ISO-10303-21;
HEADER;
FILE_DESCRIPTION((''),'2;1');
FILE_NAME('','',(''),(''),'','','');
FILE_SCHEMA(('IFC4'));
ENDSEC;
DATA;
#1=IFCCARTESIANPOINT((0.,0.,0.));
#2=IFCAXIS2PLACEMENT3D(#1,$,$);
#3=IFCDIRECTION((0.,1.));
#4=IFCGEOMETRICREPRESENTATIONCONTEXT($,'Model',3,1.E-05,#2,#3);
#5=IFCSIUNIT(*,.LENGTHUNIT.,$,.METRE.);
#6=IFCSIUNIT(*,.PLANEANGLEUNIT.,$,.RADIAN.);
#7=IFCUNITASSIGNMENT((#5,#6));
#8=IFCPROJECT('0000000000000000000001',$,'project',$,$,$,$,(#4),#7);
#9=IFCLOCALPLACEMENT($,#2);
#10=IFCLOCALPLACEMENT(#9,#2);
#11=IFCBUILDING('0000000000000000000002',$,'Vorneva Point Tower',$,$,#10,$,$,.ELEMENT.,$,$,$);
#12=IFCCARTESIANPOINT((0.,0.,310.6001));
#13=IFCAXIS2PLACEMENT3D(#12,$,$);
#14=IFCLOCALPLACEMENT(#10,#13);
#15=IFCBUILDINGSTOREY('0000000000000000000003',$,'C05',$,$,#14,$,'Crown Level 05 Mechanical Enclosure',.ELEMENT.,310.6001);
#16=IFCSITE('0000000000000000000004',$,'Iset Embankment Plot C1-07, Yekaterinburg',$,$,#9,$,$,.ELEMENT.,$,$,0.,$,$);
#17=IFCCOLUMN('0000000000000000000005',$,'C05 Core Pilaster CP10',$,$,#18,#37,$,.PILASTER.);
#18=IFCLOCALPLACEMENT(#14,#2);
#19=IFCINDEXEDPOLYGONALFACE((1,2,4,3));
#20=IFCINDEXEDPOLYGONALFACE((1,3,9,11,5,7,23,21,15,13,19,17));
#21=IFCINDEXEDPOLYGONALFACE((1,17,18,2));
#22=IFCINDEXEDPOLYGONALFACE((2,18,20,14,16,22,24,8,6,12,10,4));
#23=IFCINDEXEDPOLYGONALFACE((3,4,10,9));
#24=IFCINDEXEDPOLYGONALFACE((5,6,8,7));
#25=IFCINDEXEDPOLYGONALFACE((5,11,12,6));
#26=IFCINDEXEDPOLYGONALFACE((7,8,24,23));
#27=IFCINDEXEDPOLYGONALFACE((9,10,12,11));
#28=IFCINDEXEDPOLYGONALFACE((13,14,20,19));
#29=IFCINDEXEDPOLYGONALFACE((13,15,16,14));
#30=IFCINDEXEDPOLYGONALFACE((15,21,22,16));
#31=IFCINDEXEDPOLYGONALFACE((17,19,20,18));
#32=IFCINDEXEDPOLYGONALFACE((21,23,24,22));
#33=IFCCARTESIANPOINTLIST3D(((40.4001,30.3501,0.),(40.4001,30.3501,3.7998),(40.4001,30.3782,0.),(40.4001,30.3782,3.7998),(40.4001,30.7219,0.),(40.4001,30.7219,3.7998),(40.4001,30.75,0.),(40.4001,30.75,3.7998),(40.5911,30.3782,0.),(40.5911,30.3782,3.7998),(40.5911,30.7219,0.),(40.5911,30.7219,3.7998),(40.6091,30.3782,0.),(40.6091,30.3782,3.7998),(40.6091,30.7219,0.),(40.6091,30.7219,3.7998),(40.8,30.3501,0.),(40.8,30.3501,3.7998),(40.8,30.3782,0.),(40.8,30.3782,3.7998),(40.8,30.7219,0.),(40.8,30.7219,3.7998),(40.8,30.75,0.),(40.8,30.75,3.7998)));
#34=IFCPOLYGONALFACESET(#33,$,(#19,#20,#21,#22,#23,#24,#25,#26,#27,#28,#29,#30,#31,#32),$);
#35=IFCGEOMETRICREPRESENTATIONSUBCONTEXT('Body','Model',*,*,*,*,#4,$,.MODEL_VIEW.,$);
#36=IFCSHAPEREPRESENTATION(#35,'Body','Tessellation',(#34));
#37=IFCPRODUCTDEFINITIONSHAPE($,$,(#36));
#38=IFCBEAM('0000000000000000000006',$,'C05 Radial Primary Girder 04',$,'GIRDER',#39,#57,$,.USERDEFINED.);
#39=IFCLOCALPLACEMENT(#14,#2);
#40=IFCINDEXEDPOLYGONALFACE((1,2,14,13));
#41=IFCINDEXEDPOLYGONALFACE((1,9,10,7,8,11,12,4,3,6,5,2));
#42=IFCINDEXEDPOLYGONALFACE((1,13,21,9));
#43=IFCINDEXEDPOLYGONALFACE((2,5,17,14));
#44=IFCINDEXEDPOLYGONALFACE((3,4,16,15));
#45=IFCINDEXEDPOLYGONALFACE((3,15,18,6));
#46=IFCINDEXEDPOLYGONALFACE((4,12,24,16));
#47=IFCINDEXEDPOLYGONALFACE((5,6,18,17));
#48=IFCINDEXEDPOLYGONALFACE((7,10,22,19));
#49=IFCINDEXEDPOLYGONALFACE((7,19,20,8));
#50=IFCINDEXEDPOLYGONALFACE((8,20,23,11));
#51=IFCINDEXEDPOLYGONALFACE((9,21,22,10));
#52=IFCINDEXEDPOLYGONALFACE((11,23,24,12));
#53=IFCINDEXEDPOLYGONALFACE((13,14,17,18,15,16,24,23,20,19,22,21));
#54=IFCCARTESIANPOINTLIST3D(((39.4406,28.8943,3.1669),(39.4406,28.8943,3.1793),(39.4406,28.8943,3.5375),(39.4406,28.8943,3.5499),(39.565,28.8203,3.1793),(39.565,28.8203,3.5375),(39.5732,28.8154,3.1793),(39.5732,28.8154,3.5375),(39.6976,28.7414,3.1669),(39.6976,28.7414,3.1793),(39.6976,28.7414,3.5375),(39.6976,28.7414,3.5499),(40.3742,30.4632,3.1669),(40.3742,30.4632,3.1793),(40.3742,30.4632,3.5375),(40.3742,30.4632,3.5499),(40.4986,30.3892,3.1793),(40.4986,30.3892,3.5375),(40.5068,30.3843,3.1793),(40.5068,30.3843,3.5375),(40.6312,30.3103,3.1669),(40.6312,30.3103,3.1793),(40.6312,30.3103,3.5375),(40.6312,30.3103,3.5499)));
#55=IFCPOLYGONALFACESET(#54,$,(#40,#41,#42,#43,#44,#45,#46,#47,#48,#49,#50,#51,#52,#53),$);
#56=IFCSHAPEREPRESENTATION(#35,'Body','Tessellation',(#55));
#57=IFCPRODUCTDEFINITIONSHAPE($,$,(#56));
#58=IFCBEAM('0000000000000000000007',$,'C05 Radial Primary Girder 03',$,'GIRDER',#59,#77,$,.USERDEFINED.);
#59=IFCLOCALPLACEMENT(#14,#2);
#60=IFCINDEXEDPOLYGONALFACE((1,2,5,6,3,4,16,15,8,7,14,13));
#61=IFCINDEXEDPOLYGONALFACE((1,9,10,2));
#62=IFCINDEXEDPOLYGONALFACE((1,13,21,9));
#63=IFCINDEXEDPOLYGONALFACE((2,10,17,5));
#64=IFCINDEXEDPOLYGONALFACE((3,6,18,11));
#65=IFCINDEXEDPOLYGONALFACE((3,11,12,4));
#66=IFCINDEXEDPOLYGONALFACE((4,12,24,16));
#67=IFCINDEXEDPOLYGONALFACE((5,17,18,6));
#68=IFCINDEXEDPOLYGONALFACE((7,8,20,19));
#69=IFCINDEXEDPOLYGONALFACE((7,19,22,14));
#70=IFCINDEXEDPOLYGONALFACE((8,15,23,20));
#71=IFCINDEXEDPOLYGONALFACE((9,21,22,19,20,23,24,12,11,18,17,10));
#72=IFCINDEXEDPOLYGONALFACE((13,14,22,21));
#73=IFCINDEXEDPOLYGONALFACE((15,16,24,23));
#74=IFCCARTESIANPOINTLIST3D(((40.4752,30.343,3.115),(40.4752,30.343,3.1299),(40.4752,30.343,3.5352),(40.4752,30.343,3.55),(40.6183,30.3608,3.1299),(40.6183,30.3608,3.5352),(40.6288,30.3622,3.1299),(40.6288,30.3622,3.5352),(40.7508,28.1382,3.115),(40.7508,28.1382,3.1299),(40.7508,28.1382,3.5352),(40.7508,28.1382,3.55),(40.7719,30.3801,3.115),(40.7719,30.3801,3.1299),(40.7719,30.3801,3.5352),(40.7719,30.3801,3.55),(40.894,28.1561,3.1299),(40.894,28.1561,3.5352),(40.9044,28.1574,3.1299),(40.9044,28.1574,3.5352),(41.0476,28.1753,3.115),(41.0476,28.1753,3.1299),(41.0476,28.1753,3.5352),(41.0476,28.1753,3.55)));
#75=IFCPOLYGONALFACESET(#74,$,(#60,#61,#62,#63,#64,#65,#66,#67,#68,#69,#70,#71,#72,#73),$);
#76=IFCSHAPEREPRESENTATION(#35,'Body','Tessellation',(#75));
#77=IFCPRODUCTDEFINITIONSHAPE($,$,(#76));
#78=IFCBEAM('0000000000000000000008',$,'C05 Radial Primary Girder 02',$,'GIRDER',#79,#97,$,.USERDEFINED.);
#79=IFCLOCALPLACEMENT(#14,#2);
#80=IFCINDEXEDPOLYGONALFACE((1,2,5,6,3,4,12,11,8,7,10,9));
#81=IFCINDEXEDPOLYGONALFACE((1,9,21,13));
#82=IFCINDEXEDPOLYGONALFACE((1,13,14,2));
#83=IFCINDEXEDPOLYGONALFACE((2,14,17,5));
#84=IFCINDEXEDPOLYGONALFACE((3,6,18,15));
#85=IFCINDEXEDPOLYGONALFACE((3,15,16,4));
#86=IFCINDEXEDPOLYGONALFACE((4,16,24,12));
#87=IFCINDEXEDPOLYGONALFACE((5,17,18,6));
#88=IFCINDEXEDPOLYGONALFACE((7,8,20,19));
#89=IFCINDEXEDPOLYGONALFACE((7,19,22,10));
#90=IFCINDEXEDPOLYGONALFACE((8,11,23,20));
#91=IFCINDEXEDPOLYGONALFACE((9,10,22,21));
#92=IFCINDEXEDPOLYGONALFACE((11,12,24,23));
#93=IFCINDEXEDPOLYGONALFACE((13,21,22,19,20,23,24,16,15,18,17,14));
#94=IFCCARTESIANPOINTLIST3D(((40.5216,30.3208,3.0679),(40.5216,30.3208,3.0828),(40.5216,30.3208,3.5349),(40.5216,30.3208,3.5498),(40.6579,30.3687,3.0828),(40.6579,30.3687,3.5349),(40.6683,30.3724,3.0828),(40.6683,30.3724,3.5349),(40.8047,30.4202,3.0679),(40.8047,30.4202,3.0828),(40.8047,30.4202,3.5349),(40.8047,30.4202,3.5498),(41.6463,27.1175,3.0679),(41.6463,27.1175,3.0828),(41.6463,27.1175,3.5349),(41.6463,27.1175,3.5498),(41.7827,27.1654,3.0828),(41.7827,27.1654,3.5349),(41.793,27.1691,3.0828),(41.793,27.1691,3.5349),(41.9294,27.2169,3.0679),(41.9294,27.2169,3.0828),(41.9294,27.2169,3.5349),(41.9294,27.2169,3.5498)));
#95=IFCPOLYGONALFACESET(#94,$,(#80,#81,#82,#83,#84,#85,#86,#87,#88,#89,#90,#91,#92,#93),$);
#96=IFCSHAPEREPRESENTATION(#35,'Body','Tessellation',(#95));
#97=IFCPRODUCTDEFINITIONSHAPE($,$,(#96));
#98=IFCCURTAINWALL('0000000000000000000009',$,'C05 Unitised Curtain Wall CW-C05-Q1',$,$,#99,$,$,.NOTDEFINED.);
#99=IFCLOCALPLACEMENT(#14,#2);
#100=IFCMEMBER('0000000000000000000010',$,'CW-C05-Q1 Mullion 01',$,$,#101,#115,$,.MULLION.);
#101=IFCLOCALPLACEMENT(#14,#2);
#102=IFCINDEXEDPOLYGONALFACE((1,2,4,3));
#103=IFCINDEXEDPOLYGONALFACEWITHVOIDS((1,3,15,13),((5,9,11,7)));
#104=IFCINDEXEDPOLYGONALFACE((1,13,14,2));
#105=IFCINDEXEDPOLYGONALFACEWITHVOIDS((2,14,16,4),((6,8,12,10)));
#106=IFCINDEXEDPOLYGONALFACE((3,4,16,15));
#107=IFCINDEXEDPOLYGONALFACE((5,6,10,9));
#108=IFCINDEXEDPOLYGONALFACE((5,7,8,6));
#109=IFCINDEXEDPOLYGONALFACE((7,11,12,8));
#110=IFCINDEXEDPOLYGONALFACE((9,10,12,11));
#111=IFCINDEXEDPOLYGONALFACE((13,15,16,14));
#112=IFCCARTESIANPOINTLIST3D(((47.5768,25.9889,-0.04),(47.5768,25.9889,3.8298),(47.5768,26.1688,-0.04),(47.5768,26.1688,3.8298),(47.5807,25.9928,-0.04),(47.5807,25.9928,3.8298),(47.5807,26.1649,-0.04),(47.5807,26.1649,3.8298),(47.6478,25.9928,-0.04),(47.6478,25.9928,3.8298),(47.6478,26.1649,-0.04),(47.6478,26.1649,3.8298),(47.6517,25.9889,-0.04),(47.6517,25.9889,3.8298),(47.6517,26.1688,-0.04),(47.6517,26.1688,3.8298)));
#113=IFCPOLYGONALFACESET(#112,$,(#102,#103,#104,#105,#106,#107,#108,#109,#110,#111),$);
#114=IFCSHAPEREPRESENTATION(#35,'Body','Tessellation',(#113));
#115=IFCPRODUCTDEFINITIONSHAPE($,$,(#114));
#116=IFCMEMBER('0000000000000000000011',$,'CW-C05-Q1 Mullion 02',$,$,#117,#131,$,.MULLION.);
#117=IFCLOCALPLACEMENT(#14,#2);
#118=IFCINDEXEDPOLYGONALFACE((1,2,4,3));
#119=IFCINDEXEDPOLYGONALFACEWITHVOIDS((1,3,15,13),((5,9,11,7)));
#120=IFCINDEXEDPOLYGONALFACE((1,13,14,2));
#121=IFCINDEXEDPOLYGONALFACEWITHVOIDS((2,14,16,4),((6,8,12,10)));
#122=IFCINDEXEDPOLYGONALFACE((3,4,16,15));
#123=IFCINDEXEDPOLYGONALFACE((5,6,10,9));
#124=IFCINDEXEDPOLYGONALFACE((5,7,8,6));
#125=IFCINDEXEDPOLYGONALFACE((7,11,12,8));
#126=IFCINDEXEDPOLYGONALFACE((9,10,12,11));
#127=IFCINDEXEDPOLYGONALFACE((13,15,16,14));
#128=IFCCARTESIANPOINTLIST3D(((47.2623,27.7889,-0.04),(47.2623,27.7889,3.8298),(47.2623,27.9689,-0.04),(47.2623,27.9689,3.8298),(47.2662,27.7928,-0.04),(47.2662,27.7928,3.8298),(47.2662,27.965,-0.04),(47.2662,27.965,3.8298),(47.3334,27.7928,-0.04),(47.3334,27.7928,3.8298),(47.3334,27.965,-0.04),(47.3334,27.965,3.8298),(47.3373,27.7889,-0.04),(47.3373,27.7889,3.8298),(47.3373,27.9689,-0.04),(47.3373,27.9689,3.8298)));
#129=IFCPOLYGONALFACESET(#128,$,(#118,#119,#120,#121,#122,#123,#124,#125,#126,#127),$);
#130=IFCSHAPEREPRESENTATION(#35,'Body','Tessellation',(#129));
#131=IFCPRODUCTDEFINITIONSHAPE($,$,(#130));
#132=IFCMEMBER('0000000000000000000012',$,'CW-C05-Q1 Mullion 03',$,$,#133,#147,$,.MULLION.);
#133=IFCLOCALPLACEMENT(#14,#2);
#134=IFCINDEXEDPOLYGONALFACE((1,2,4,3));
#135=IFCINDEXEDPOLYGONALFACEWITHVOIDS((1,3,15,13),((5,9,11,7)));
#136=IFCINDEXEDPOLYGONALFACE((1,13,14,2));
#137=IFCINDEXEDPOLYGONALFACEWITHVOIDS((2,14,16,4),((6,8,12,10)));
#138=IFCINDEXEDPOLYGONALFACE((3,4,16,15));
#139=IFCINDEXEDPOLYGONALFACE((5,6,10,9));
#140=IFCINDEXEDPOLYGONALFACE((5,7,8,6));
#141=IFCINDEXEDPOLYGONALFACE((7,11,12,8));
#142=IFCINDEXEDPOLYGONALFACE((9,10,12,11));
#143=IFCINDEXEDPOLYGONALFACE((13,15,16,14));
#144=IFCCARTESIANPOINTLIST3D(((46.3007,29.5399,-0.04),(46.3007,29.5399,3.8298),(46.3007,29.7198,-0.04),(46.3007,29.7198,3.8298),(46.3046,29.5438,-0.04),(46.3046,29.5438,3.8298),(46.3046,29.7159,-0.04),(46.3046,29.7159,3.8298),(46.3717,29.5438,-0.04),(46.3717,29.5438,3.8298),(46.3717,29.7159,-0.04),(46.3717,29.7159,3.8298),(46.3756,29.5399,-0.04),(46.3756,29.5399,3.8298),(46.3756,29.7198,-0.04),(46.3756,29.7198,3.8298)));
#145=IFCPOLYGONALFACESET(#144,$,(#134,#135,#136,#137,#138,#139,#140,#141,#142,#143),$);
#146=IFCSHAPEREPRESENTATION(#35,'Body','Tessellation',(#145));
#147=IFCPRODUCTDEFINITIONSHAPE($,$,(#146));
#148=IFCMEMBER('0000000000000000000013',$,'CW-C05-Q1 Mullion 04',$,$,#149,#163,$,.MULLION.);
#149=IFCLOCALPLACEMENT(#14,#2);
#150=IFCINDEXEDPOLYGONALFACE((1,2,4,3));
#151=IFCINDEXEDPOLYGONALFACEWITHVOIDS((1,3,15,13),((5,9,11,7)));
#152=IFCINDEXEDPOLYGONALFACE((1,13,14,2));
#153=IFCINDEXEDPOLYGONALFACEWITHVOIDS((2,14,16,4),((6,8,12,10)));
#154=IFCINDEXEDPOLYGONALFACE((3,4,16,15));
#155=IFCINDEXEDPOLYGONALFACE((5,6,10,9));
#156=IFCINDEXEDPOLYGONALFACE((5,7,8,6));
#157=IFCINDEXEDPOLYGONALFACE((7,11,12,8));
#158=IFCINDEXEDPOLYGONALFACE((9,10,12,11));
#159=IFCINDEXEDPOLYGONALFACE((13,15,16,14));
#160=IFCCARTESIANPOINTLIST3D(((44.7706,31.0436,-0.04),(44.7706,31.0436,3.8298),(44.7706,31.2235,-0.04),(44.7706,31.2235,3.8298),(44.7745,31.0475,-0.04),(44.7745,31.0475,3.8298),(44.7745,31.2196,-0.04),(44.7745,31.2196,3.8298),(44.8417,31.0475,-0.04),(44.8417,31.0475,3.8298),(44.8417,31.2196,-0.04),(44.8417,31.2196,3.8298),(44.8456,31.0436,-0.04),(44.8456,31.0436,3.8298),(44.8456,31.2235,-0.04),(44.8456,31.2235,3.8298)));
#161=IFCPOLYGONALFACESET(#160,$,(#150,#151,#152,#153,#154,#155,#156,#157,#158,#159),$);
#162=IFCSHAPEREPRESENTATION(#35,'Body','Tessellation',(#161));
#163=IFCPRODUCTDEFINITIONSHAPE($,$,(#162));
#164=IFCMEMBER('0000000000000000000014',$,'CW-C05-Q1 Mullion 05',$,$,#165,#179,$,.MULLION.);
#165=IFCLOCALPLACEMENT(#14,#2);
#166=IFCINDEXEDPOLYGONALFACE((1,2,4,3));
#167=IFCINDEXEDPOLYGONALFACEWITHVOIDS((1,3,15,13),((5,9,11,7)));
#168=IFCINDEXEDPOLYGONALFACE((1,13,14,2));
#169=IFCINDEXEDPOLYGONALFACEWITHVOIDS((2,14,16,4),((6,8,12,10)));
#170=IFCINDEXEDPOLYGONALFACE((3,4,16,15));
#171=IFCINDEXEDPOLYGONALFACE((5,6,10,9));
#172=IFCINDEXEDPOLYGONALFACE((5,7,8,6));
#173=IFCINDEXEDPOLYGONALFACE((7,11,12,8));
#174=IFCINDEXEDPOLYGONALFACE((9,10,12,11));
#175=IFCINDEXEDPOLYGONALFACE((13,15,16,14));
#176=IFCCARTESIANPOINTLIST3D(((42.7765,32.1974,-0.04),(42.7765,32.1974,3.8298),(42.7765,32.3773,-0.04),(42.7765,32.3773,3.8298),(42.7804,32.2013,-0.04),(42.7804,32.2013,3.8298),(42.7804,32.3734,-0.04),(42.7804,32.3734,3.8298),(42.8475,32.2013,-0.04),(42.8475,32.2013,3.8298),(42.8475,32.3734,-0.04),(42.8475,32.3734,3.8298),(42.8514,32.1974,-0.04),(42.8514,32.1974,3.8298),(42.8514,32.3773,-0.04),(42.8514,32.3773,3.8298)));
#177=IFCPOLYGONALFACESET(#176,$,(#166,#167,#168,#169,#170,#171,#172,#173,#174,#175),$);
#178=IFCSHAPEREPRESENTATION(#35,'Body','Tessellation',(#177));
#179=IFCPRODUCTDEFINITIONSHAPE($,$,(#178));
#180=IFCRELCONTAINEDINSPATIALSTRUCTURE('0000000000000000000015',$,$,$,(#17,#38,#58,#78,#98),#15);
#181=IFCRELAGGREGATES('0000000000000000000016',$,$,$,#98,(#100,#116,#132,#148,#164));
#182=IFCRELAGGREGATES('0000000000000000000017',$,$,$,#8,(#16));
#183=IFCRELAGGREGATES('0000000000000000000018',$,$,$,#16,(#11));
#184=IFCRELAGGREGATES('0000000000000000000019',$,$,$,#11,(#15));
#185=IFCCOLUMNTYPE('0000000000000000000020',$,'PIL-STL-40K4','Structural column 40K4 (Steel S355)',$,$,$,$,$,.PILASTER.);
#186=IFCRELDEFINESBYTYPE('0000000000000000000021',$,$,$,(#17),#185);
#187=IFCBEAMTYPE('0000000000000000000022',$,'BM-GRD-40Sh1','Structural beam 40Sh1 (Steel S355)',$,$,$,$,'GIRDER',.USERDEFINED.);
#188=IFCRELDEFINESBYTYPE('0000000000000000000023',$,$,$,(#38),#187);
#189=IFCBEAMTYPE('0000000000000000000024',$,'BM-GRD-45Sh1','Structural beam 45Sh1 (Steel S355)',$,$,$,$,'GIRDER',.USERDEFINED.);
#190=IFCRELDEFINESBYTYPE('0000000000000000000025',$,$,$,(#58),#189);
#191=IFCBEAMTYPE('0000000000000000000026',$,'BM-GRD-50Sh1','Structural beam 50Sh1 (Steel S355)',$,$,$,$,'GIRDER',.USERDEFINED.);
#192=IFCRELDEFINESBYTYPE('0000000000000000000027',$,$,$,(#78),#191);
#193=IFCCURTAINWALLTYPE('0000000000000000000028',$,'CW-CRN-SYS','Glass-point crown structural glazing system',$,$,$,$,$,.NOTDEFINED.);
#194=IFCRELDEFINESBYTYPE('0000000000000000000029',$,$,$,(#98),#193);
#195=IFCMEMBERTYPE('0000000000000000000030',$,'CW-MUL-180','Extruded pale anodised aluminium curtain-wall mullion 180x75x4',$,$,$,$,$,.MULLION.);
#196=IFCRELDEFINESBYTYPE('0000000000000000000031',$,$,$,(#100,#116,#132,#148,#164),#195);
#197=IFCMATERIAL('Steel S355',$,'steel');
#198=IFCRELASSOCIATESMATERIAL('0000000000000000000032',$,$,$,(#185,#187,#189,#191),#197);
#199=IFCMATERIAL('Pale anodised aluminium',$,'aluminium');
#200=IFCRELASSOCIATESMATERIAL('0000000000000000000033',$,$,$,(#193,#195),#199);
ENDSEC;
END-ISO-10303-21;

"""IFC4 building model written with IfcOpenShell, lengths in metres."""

from ifc_helpers import new_model, si_unit, direction, frame, origin, origin_2d, place, context, subcontext, project, spatial, hollow_rectangle, i_section, extrude, material, material_profile, profile_set, type_object, element, aggregate, save


model = new_model("IFC4")

# Units and contexts
model_context = context("Model", 3, precision=1e-05, world=origin(), true_north=direction((0.0, 1.0)))
body_context = subcontext(model_context, "Body", "Model", "MODEL_VIEW")
ifc_project = project(units=[si_unit("LENGTHUNIT", "METRE"), si_unit("PLANEANGLEUNIT", "RADIAN")], contexts=[model_context])

# Site, building, storey
site_placement = place(None, origin())
site = spatial("IfcSite", under=ifc_project, at=site_placement, Name="Iset Embankment Plot C1-07, Yekaterinburg", CompositionType="ELEMENT", RefElevation=0.0)
building_placement = place(site_placement, origin())
building = spatial("IfcBuilding", under=site, at=building_placement, Name="Vorneva Point Tower", CompositionType="ELEMENT")
storey_placement = place(building_placement, frame((0.0, 0.0, 310.6001)))
storey = spatial("IfcBuildingStorey", under=building, at=storey_placement, Name="C05", LongName="Crown Level 05 Mechanical Enclosure", CompositionType="ELEMENT", Elevation=310.6001)

# Column
ifc_material_1 = material(Name="Steel S355", Category="steel")
ifc_material_profile_1 = material_profile(ifc_material_1, i_section(OverallWidth=0.3999, OverallDepth=0.3999, WebThickness=0.0181, FlangeThickness=0.0281, at=origin_2d()), Name="40K4")
ifc_profile_set_1 = profile_set([ifc_material_profile_1], Name="Steel S355")
column_type = type_object("IfcColumnType", Name="PIL-STL-40K4", Description="Structural column 40K4 (Steel S355)", PredefinedType="PILASTER", material=ifc_profile_set_1)
column_placement = place(storey_placement, frame((40.6001, 30.55, 0.0), z_axis=(0.0, 0.0, 1.0), x_axis=(1.0, 0.0, 0.0)))
element("IfcColumn", 1, at=column_placement, inside=storey, type_object=column_type, Name="C05 Core Pilaster CP10", PredefinedType="PILASTER", context=body_context, shape_type="SweptSolid", body=[
    extrude(i_section(OverallWidth=0.3999, OverallDepth=0.3999, WebThickness=0.0181, FlangeThickness=0.0281, at=origin_2d()), origin(), (0.0, 0.0, 1.0), 3.7998),
])

# Beams
ifc_material_profile_2 = material_profile(ifc_material_1, i_section(OverallWidth=0.2991, OverallDepth=0.3831, WebThickness=0.0095, FlangeThickness=0.0125, at=origin_2d()), Name="40Sh1")
ifc_profile_set_2 = profile_set([ifc_material_profile_2], Name="Steel S355")
beam_type_1 = type_object("IfcBeamType", Name="BM-GRD-40Sh1", Description="Structural beam 40Sh1 (Steel S355)", ElementType="GIRDER", PredefinedType="USERDEFINED", material=ifc_profile_set_2)
beam_1_placement = place(storey_placement, frame((39.5691, 28.8179, 3.3584), z_axis=(0.511385, 0.859352, 0.0), x_axis=(-0.859352, 0.511385, 0.0)))
element("IfcBeam", 2, at=beam_1_placement, inside=storey, type_object=beam_type_1, Name="C05 Radial Primary Girder 04", ObjectType="GIRDER", PredefinedType="USERDEFINED", context=body_context, shape_type="SweptSolid", body=[
    extrude(i_section(OverallWidth=0.2991, OverallDepth=0.3831, WebThickness=0.0095, FlangeThickness=0.0125, at=origin_2d()), origin(), (0.0, 0.0, 1.0), 1.8257),
])
ifc_material_profile_3 = material_profile(ifc_material_1, i_section(OverallWidth=0.2991, OverallDepth=0.4351, WebThickness=0.0105, FlangeThickness=0.0149, at=origin_2d()), Name="45Sh1")
ifc_profile_set_3 = profile_set([ifc_material_profile_3], Name="Steel S355")
beam_type_2 = type_object("IfcBeamType", Name="BM-GRD-45Sh1", Description="Structural beam 45Sh1 (Steel S355)", ElementType="GIRDER", PredefinedType="USERDEFINED", material=ifc_profile_set_3)
beam_2_placement = place(storey_placement, frame((40.8992, 28.1567, 3.3325), z_axis=(-0.124048, 0.992276, 0.0), x_axis=(-0.992276, -0.124048, 0.0)))
element("IfcBeam", 3, at=beam_2_placement, inside=storey, type_object=beam_type_2, Name="C05 Radial Primary Girder 03", ObjectType="GIRDER", PredefinedType="USERDEFINED", context=body_context, shape_type="SweptSolid", body=[
    extrude(i_section(OverallWidth=0.2991, OverallDepth=0.4351, WebThickness=0.0105, FlangeThickness=0.0149, at=origin_2d()), origin(), (0.0, 0.0, 1.0), 2.2219),
])
ifc_material_profile_4 = material_profile(ifc_material_1, i_section(OverallWidth=0.3, OverallDepth=0.4819, WebThickness=0.011, FlangeThickness=0.0149, at=origin_2d()), Name="50Sh1")
ifc_profile_set_4 = profile_set([ifc_material_profile_4], Name="Steel S355")
beam_type_3 = type_object("IfcBeamType", Name="BM-GRD-50Sh1", Description="Structural beam 50Sh1 (Steel S355)", ElementType="GIRDER", PredefinedType="USERDEFINED", material=ifc_profile_set_4)
beam_3_placement = place(storey_placement, frame((41.7878, 27.1672, 3.3088), z_axis=(-0.331289, 0.943529, 0.0), x_axis=(-0.943529, -0.331289, 0.0)))
element("IfcBeam", 4, at=beam_3_placement, inside=storey, type_object=beam_type_3, Name="C05 Radial Primary Girder 02", ObjectType="GIRDER", PredefinedType="USERDEFINED", context=body_context, shape_type="SweptSolid", body=[
    extrude(i_section(OverallWidth=0.3, OverallDepth=0.4819, WebThickness=0.011, FlangeThickness=0.0149, at=origin_2d()), origin(), (0.0, 0.0, 1.0), 3.395),
])

# Curtain wall, members
ifc_material_2 = material(Name="Pale anodised aluminium", Category="aluminium")
curtain_wall_type = type_object("IfcCurtainWallType", Name="CW-CRN-SYS", Description="Glass-point crown structural glazing system", PredefinedType="NOTDEFINED", material=ifc_material_2)
curtain_wall_placement = place(storey_placement, origin())
curtain_wall = element("IfcCurtainWall", 5, at=curtain_wall_placement, inside=storey, type_object=curtain_wall_type, Name="C05 Unitised Curtain Wall CW-C05-Q1", PredefinedType="NOTDEFINED")
ifc_material_profile_5 = material_profile(ifc_material_2, hollow_rectangle(XDim=0.075, YDim=0.1799, WallThickness=0.0039, at=origin_2d()), Name="AL-MUL 180x75x4")
ifc_profile_set_5 = profile_set([ifc_material_profile_5], Name="Pale anodised aluminium")
member_type_1 = type_object("IfcMemberType", Name="CW-MUL-180", Description="Extruded pale anodised aluminium curtain-wall mullion 180x75x4", PredefinedType="MULLION", material=ifc_profile_set_5)
member_1_placement = place(storey_placement, frame((47.6143, 26.0789, -0.04), z_axis=(0.0, 0.0, 1.0), x_axis=(1.0, 0.0, 0.0)))
member_1 = element("IfcMember", 6, at=member_1_placement, type_object=member_type_1, Name="CW-C05-Q1 Mullion 01", PredefinedType="MULLION", context=body_context, shape_type="SweptSolid", body=[
    extrude(hollow_rectangle(XDim=0.075, YDim=0.1799, WallThickness=0.0039, at=origin_2d()), origin(), (0.0, 0.0, 1.0), 3.8699),
])
member_2_placement = place(storey_placement, frame((47.2998, 27.8789, -0.04), z_axis=(0.0, 0.0, 1.0), x_axis=(1.0, 0.0, 0.0)))
member_2 = element("IfcMember", 7, at=member_2_placement, type_object=member_type_1, Name="CW-C05-Q1 Mullion 02", PredefinedType="MULLION", context=body_context, shape_type="SweptSolid", body=[
    extrude(hollow_rectangle(XDim=0.075, YDim=0.1799, WallThickness=0.0039, at=origin_2d()), origin(), (0.0, 0.0, 1.0), 3.8699),
])
member_3_placement = place(storey_placement, frame((46.3381, 29.6299, -0.04), z_axis=(0.0, 0.0, 1.0), x_axis=(1.0, 0.0, 0.0)))
member_3 = element("IfcMember", 8, at=member_3_placement, type_object=member_type_1, Name="CW-C05-Q1 Mullion 03", PredefinedType="MULLION", context=body_context, shape_type="SweptSolid", body=[
    extrude(hollow_rectangle(XDim=0.075, YDim=0.1799, WallThickness=0.0039, at=origin_2d()), origin(), (0.0, 0.0, 1.0), 3.8699),
])
member_4_placement = place(storey_placement, frame((44.8081, 31.1335, -0.04), z_axis=(0.0, 0.0, 1.0), x_axis=(1.0, 0.0, 0.0)))
member_4 = element("IfcMember", 9, at=member_4_placement, type_object=member_type_1, Name="CW-C05-Q1 Mullion 04", PredefinedType="MULLION", context=body_context, shape_type="SweptSolid", body=[
    extrude(hollow_rectangle(XDim=0.075, YDim=0.1799, WallThickness=0.0039, at=origin_2d()), origin(), (0.0, 0.0, 1.0), 3.8699),
])
member_5_placement = place(storey_placement, frame((42.814, 32.2874, -0.04), z_axis=(0.0, 0.0, 1.0), x_axis=(1.0, 0.0, 0.0)))
member_5 = element("IfcMember", 10, at=member_5_placement, type_object=member_type_1, Name="CW-C05-Q1 Mullion 05", PredefinedType="MULLION", context=body_context, shape_type="SweptSolid", body=[
    extrude(hollow_rectangle(XDim=0.075, YDim=0.1799, WallThickness=0.0039, at=origin_2d()), origin(), (0.0, 0.0, 1.0), 3.8699),
])

aggregate(curtain_wall, [member_1, member_2, member_3, member_4, member_5])

save(model, "model.ifc")
